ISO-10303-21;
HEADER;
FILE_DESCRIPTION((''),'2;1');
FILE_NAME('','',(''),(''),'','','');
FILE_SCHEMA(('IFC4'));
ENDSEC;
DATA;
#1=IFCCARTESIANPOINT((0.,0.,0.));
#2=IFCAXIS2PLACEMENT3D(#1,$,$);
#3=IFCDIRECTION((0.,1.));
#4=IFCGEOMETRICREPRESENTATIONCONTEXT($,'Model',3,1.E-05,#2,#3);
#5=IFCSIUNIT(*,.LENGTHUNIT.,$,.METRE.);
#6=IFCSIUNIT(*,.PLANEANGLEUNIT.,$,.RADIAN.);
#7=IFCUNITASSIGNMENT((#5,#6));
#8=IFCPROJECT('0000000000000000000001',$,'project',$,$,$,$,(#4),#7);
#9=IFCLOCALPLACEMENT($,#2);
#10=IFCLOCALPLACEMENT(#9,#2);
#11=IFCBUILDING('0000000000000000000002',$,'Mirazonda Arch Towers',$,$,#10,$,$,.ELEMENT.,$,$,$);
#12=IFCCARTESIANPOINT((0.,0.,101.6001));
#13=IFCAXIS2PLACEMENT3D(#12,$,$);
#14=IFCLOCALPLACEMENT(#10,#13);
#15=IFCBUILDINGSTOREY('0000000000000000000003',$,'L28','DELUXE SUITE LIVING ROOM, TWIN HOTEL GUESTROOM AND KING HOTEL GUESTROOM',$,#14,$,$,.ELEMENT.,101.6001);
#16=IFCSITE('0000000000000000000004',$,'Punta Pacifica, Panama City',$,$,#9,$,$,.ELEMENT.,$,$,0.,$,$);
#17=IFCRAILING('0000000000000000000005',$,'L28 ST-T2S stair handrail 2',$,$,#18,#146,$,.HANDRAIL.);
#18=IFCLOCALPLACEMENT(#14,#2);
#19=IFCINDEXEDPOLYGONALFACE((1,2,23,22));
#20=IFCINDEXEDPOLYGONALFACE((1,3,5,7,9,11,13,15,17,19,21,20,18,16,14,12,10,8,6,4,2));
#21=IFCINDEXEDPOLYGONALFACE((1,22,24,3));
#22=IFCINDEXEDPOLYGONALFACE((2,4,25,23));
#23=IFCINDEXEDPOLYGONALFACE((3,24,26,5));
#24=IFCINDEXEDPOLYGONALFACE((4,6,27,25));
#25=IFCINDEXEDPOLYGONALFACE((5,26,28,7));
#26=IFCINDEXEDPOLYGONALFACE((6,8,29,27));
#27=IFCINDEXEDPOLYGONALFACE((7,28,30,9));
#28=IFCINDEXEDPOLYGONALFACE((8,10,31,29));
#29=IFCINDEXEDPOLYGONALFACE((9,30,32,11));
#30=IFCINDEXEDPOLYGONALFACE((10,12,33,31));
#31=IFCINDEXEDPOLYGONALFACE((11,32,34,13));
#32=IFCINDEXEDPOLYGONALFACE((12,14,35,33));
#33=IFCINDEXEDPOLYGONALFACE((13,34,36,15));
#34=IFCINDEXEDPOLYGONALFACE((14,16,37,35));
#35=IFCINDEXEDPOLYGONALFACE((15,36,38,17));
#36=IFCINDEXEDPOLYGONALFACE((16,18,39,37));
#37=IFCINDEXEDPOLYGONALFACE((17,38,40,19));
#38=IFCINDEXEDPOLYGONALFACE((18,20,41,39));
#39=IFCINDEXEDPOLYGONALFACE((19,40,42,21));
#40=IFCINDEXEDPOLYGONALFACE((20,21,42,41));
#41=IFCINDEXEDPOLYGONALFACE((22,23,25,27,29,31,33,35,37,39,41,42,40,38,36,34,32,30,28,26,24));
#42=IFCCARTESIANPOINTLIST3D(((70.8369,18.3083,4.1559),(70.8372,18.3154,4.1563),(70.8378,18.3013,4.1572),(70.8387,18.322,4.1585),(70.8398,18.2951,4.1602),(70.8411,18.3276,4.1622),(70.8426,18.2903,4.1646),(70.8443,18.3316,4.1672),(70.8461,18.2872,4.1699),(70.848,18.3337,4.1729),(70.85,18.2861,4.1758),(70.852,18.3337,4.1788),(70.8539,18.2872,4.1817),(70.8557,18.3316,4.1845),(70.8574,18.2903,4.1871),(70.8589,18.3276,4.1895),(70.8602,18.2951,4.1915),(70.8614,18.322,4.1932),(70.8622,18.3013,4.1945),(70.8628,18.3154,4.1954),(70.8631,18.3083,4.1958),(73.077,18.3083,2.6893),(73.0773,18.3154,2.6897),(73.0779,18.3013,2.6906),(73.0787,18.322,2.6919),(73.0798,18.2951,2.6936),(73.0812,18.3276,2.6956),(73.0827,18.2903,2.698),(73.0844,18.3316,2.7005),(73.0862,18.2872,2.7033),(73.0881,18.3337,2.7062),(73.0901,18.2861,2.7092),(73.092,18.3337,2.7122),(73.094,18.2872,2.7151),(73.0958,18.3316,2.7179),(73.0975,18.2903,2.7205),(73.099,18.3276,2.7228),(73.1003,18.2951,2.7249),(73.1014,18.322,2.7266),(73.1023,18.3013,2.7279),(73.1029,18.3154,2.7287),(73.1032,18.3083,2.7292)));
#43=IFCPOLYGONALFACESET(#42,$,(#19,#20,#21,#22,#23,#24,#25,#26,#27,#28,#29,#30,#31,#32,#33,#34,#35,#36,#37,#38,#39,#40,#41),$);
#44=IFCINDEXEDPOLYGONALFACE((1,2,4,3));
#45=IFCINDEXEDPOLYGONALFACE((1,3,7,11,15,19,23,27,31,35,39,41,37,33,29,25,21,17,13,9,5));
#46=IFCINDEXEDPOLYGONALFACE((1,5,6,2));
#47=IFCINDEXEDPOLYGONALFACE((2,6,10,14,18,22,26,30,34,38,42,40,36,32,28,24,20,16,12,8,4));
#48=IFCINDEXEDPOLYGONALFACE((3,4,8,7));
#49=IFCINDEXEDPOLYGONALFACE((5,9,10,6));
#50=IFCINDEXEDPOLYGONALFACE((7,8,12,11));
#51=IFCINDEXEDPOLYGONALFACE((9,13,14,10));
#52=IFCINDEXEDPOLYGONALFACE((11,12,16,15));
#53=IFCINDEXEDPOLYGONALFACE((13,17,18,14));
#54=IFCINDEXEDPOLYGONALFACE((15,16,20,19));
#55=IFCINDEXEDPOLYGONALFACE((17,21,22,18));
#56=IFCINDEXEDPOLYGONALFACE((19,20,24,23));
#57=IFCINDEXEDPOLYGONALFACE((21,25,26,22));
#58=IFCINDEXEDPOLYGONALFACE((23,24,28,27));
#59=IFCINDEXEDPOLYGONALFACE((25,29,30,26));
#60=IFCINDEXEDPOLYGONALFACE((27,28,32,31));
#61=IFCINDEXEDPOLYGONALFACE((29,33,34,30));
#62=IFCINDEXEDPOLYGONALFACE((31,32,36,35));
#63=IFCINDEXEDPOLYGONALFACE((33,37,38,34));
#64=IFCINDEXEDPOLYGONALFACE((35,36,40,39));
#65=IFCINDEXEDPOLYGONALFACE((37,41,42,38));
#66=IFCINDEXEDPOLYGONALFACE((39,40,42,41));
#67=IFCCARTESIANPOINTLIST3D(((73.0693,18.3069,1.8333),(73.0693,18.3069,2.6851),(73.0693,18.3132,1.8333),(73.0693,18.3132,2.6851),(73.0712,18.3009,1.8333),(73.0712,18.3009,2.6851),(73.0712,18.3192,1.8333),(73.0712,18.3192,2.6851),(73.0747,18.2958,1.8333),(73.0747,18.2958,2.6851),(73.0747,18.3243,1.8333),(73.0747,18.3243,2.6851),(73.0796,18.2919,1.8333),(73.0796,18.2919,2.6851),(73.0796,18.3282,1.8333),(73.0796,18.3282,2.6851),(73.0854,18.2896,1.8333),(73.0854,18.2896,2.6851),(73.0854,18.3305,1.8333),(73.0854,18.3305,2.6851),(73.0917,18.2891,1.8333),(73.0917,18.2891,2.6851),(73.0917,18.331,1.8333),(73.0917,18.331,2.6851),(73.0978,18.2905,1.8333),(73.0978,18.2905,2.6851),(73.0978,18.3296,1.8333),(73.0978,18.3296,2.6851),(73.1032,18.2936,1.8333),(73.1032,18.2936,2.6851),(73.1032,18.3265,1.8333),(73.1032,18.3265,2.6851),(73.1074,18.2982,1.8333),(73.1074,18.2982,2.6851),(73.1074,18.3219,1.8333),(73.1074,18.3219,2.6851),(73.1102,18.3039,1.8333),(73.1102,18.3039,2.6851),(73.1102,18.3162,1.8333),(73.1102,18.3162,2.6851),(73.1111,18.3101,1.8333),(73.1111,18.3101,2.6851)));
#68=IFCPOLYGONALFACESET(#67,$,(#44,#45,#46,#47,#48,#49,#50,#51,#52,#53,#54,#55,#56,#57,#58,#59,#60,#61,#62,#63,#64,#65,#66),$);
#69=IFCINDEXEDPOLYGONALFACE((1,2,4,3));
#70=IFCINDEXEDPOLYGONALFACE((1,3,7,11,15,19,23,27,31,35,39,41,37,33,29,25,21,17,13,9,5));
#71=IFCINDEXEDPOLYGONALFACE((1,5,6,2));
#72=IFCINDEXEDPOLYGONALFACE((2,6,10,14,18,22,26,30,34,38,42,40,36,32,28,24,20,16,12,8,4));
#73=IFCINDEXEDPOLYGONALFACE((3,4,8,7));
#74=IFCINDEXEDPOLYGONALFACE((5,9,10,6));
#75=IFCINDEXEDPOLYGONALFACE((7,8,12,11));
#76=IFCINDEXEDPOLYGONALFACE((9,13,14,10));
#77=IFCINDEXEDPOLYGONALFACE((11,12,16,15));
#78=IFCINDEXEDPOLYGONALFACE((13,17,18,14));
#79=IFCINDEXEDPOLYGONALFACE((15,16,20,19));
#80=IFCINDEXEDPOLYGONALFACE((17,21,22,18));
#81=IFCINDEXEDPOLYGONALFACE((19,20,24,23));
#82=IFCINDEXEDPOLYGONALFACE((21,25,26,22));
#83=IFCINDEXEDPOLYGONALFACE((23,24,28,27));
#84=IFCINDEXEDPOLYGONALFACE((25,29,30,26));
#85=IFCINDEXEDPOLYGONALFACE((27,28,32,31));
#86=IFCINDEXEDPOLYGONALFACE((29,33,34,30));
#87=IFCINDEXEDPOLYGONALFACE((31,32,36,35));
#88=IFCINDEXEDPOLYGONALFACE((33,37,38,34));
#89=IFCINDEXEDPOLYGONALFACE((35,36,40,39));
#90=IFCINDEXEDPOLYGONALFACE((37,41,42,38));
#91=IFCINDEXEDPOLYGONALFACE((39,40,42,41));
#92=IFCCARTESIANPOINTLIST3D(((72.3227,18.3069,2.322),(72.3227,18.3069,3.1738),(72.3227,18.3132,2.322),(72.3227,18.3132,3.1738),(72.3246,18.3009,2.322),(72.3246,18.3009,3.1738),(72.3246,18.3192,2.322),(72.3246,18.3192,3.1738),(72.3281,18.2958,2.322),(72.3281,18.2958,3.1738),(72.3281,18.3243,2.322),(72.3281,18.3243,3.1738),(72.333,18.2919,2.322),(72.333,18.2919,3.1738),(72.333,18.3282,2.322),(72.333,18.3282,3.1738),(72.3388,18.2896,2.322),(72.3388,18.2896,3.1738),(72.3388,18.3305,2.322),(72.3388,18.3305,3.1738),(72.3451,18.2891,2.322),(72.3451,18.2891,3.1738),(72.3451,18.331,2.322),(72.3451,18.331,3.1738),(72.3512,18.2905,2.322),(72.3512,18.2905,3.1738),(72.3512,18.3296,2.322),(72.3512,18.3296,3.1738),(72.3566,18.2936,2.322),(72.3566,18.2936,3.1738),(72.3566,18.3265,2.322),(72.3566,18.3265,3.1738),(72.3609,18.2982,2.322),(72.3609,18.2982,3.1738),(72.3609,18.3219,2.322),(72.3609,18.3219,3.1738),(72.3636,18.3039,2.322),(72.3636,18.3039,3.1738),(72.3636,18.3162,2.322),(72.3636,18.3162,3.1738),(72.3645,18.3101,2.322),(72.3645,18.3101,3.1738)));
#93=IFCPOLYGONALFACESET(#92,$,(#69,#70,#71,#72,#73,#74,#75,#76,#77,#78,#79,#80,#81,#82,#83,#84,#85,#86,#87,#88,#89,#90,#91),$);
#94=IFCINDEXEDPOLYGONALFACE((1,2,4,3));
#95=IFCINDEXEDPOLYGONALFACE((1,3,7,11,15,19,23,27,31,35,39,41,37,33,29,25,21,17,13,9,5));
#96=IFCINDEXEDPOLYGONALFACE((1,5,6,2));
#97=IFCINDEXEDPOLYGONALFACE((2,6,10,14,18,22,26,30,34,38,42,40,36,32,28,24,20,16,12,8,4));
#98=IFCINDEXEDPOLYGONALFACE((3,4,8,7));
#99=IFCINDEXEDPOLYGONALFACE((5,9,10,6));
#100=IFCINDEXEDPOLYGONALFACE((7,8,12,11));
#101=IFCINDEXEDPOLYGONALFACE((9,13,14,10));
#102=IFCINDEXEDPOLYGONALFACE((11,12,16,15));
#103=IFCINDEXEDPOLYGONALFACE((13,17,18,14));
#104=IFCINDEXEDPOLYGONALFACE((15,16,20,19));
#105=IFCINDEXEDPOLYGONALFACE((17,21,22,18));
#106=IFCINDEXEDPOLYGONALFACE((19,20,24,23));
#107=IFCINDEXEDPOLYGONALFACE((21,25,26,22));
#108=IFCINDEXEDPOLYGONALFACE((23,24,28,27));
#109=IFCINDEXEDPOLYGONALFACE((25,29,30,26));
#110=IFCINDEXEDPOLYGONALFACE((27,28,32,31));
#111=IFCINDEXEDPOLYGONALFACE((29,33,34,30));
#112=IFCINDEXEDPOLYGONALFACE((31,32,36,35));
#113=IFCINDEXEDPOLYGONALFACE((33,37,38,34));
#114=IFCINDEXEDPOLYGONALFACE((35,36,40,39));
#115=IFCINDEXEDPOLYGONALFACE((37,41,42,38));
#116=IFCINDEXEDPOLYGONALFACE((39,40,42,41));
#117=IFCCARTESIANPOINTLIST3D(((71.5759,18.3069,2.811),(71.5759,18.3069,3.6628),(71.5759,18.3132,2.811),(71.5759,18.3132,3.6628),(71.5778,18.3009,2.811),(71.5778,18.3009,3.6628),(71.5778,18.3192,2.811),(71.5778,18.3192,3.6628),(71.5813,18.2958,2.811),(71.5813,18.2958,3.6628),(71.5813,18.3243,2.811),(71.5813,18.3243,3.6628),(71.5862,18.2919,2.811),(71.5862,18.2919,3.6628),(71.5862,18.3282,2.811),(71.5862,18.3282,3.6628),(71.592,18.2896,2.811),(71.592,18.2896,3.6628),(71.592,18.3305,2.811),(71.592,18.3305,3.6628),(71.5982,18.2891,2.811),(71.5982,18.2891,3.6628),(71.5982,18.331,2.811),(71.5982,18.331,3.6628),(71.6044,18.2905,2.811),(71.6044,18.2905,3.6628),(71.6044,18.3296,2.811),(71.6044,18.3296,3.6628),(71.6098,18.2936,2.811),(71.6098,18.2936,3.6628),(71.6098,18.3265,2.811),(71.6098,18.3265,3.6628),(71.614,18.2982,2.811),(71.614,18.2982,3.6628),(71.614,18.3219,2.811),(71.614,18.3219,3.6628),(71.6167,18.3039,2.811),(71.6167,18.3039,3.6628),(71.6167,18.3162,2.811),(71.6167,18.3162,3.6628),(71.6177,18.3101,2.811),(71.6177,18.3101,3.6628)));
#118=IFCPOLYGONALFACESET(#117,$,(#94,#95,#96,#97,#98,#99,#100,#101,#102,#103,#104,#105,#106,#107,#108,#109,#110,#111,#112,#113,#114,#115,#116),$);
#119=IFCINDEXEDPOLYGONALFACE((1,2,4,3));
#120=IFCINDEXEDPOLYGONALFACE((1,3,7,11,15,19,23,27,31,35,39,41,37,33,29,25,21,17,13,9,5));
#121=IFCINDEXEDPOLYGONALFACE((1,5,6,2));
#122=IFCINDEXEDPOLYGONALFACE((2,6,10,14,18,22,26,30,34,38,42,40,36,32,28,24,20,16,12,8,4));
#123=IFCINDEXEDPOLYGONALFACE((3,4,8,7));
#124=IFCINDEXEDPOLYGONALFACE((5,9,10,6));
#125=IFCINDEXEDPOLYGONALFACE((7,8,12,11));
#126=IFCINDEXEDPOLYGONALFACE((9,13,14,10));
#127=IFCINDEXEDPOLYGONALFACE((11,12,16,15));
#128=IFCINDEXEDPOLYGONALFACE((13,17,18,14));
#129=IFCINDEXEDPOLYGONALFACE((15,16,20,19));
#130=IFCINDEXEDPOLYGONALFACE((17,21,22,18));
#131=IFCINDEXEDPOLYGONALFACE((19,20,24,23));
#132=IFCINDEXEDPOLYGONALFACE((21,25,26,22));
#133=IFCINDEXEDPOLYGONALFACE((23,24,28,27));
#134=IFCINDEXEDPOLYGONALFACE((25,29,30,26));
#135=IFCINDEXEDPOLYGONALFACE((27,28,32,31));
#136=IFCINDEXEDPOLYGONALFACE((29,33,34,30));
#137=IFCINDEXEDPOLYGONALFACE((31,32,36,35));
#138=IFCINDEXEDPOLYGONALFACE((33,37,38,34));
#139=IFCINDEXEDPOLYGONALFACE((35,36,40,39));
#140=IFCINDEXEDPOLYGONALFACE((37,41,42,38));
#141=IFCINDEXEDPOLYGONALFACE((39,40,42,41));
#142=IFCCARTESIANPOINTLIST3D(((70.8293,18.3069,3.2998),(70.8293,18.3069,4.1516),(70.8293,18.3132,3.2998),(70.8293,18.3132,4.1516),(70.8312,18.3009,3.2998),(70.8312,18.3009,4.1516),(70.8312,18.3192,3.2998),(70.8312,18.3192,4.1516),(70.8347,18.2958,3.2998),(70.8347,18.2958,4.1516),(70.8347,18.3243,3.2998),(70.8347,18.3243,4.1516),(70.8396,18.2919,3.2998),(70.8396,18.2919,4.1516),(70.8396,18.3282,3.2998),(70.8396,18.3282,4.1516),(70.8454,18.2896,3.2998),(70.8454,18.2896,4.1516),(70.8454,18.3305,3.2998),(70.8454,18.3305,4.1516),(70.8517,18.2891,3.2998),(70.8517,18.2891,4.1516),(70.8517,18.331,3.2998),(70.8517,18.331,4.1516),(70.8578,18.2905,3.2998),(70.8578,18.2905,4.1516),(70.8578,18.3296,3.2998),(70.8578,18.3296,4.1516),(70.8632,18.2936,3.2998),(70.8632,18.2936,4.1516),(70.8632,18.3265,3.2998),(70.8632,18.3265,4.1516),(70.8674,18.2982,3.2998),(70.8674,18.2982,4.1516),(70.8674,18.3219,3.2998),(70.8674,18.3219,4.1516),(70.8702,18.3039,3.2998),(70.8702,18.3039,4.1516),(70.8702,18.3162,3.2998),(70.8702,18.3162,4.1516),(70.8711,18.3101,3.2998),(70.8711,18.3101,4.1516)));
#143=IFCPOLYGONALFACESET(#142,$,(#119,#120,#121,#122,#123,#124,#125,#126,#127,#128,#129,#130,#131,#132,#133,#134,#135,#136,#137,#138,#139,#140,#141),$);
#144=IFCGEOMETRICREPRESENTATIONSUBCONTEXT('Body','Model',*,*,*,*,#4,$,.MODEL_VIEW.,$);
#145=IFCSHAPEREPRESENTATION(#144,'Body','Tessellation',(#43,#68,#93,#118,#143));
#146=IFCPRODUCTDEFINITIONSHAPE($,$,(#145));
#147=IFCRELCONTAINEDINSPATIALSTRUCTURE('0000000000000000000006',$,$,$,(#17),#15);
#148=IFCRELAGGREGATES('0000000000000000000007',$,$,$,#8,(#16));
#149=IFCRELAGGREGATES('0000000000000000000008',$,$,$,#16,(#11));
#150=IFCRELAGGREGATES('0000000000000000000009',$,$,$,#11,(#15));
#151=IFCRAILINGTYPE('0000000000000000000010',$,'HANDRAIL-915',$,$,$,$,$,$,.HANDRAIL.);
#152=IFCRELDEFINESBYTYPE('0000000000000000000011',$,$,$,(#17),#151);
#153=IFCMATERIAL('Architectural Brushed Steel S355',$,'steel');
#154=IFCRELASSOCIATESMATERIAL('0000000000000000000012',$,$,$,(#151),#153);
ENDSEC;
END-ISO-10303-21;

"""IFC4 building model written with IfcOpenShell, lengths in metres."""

from ifc_helpers import new_model, si_unit, direction, frame, origin, origin_2d, place, context, subcontext, project, spatial, circle, extrude, material, type_object, element, save


model = new_model("IFC4")

# Units and contexts
model_context = context("Model", 3, precision=1e-05, world=origin(), true_north=direction((0.0, 1.0)))
body_context = subcontext(model_context, "Body", "Model", "MODEL_VIEW")
ifc_project = project(units=[si_unit("LENGTHUNIT", "METRE"), si_unit("PLANEANGLEUNIT", "RADIAN")], contexts=[model_context])

# Site, building, storey
site_placement = place(None, origin())
site = spatial("IfcSite", under=ifc_project, at=site_placement, Name="Punta Pacifica, Panama City", CompositionType="ELEMENT", RefElevation=0.0)
building_placement = place(site_placement, origin())
building = spatial("IfcBuilding", under=site, at=building_placement, Name="Mirazonda Arch Towers", CompositionType="ELEMENT")
storey_placement = place(building_placement, frame((0.0, 0.0, 101.6001)))
storey = spatial("IfcBuildingStorey", under=building, at=storey_placement, Name="L28", Description="DELUXE SUITE LIVING ROOM, TWIN HOTEL GUESTROOM AND KING HOTEL GUESTROOM", CompositionType="ELEMENT", Elevation=101.6001)

# Railing
ifc_material_1 = material(Name="Architectural Brushed Steel S355", Category="steel")
railing_type_1 = type_object("IfcRailingType", Name="HANDRAIL-915", PredefinedType="HANDRAIL", material=ifc_material_1)
railing_1_placement = place(storey_placement, frame((73.0901, 18.3101, 1.8333)))
element("IfcRailing", 1, at=railing_1_placement, inside=storey, type_object=railing_type_1, Name="L28 ST-T2S stair handrail 2", PredefinedType="HANDRAIL", context=body_context, shape_type="SweptSolid", body=[
    extrude(circle(Radius=0.0239, at=origin_2d()), frame((0.0, 0.0, 0.876), z_axis=(-0.836637, 0.0, 0.547758), x_axis=(0.0, -1.0, 0.0)), (0.0, 0.0, 1.0), 2.6775),
    extrude(circle(Radius=0.021, at=origin_2d()), origin(), (0.0, 0.0, 1.0), 0.8518),
    extrude(circle(Radius=0.021, at=origin_2d()), frame((-0.7466, 0.0, 0.4888)), (0.0, 0.0, 1.0), 0.8518),
    extrude(circle(Radius=0.021, at=origin_2d()), frame((-1.4934, 0.0, 0.9778)), (0.0, 0.0, 1.0), 0.8518),
    extrude(circle(Radius=0.021, at=origin_2d()), frame((-2.24, 0.0, 1.4666)), (0.0, 0.0, 1.0), 0.8518),
])

save(model, "model.ifc")
